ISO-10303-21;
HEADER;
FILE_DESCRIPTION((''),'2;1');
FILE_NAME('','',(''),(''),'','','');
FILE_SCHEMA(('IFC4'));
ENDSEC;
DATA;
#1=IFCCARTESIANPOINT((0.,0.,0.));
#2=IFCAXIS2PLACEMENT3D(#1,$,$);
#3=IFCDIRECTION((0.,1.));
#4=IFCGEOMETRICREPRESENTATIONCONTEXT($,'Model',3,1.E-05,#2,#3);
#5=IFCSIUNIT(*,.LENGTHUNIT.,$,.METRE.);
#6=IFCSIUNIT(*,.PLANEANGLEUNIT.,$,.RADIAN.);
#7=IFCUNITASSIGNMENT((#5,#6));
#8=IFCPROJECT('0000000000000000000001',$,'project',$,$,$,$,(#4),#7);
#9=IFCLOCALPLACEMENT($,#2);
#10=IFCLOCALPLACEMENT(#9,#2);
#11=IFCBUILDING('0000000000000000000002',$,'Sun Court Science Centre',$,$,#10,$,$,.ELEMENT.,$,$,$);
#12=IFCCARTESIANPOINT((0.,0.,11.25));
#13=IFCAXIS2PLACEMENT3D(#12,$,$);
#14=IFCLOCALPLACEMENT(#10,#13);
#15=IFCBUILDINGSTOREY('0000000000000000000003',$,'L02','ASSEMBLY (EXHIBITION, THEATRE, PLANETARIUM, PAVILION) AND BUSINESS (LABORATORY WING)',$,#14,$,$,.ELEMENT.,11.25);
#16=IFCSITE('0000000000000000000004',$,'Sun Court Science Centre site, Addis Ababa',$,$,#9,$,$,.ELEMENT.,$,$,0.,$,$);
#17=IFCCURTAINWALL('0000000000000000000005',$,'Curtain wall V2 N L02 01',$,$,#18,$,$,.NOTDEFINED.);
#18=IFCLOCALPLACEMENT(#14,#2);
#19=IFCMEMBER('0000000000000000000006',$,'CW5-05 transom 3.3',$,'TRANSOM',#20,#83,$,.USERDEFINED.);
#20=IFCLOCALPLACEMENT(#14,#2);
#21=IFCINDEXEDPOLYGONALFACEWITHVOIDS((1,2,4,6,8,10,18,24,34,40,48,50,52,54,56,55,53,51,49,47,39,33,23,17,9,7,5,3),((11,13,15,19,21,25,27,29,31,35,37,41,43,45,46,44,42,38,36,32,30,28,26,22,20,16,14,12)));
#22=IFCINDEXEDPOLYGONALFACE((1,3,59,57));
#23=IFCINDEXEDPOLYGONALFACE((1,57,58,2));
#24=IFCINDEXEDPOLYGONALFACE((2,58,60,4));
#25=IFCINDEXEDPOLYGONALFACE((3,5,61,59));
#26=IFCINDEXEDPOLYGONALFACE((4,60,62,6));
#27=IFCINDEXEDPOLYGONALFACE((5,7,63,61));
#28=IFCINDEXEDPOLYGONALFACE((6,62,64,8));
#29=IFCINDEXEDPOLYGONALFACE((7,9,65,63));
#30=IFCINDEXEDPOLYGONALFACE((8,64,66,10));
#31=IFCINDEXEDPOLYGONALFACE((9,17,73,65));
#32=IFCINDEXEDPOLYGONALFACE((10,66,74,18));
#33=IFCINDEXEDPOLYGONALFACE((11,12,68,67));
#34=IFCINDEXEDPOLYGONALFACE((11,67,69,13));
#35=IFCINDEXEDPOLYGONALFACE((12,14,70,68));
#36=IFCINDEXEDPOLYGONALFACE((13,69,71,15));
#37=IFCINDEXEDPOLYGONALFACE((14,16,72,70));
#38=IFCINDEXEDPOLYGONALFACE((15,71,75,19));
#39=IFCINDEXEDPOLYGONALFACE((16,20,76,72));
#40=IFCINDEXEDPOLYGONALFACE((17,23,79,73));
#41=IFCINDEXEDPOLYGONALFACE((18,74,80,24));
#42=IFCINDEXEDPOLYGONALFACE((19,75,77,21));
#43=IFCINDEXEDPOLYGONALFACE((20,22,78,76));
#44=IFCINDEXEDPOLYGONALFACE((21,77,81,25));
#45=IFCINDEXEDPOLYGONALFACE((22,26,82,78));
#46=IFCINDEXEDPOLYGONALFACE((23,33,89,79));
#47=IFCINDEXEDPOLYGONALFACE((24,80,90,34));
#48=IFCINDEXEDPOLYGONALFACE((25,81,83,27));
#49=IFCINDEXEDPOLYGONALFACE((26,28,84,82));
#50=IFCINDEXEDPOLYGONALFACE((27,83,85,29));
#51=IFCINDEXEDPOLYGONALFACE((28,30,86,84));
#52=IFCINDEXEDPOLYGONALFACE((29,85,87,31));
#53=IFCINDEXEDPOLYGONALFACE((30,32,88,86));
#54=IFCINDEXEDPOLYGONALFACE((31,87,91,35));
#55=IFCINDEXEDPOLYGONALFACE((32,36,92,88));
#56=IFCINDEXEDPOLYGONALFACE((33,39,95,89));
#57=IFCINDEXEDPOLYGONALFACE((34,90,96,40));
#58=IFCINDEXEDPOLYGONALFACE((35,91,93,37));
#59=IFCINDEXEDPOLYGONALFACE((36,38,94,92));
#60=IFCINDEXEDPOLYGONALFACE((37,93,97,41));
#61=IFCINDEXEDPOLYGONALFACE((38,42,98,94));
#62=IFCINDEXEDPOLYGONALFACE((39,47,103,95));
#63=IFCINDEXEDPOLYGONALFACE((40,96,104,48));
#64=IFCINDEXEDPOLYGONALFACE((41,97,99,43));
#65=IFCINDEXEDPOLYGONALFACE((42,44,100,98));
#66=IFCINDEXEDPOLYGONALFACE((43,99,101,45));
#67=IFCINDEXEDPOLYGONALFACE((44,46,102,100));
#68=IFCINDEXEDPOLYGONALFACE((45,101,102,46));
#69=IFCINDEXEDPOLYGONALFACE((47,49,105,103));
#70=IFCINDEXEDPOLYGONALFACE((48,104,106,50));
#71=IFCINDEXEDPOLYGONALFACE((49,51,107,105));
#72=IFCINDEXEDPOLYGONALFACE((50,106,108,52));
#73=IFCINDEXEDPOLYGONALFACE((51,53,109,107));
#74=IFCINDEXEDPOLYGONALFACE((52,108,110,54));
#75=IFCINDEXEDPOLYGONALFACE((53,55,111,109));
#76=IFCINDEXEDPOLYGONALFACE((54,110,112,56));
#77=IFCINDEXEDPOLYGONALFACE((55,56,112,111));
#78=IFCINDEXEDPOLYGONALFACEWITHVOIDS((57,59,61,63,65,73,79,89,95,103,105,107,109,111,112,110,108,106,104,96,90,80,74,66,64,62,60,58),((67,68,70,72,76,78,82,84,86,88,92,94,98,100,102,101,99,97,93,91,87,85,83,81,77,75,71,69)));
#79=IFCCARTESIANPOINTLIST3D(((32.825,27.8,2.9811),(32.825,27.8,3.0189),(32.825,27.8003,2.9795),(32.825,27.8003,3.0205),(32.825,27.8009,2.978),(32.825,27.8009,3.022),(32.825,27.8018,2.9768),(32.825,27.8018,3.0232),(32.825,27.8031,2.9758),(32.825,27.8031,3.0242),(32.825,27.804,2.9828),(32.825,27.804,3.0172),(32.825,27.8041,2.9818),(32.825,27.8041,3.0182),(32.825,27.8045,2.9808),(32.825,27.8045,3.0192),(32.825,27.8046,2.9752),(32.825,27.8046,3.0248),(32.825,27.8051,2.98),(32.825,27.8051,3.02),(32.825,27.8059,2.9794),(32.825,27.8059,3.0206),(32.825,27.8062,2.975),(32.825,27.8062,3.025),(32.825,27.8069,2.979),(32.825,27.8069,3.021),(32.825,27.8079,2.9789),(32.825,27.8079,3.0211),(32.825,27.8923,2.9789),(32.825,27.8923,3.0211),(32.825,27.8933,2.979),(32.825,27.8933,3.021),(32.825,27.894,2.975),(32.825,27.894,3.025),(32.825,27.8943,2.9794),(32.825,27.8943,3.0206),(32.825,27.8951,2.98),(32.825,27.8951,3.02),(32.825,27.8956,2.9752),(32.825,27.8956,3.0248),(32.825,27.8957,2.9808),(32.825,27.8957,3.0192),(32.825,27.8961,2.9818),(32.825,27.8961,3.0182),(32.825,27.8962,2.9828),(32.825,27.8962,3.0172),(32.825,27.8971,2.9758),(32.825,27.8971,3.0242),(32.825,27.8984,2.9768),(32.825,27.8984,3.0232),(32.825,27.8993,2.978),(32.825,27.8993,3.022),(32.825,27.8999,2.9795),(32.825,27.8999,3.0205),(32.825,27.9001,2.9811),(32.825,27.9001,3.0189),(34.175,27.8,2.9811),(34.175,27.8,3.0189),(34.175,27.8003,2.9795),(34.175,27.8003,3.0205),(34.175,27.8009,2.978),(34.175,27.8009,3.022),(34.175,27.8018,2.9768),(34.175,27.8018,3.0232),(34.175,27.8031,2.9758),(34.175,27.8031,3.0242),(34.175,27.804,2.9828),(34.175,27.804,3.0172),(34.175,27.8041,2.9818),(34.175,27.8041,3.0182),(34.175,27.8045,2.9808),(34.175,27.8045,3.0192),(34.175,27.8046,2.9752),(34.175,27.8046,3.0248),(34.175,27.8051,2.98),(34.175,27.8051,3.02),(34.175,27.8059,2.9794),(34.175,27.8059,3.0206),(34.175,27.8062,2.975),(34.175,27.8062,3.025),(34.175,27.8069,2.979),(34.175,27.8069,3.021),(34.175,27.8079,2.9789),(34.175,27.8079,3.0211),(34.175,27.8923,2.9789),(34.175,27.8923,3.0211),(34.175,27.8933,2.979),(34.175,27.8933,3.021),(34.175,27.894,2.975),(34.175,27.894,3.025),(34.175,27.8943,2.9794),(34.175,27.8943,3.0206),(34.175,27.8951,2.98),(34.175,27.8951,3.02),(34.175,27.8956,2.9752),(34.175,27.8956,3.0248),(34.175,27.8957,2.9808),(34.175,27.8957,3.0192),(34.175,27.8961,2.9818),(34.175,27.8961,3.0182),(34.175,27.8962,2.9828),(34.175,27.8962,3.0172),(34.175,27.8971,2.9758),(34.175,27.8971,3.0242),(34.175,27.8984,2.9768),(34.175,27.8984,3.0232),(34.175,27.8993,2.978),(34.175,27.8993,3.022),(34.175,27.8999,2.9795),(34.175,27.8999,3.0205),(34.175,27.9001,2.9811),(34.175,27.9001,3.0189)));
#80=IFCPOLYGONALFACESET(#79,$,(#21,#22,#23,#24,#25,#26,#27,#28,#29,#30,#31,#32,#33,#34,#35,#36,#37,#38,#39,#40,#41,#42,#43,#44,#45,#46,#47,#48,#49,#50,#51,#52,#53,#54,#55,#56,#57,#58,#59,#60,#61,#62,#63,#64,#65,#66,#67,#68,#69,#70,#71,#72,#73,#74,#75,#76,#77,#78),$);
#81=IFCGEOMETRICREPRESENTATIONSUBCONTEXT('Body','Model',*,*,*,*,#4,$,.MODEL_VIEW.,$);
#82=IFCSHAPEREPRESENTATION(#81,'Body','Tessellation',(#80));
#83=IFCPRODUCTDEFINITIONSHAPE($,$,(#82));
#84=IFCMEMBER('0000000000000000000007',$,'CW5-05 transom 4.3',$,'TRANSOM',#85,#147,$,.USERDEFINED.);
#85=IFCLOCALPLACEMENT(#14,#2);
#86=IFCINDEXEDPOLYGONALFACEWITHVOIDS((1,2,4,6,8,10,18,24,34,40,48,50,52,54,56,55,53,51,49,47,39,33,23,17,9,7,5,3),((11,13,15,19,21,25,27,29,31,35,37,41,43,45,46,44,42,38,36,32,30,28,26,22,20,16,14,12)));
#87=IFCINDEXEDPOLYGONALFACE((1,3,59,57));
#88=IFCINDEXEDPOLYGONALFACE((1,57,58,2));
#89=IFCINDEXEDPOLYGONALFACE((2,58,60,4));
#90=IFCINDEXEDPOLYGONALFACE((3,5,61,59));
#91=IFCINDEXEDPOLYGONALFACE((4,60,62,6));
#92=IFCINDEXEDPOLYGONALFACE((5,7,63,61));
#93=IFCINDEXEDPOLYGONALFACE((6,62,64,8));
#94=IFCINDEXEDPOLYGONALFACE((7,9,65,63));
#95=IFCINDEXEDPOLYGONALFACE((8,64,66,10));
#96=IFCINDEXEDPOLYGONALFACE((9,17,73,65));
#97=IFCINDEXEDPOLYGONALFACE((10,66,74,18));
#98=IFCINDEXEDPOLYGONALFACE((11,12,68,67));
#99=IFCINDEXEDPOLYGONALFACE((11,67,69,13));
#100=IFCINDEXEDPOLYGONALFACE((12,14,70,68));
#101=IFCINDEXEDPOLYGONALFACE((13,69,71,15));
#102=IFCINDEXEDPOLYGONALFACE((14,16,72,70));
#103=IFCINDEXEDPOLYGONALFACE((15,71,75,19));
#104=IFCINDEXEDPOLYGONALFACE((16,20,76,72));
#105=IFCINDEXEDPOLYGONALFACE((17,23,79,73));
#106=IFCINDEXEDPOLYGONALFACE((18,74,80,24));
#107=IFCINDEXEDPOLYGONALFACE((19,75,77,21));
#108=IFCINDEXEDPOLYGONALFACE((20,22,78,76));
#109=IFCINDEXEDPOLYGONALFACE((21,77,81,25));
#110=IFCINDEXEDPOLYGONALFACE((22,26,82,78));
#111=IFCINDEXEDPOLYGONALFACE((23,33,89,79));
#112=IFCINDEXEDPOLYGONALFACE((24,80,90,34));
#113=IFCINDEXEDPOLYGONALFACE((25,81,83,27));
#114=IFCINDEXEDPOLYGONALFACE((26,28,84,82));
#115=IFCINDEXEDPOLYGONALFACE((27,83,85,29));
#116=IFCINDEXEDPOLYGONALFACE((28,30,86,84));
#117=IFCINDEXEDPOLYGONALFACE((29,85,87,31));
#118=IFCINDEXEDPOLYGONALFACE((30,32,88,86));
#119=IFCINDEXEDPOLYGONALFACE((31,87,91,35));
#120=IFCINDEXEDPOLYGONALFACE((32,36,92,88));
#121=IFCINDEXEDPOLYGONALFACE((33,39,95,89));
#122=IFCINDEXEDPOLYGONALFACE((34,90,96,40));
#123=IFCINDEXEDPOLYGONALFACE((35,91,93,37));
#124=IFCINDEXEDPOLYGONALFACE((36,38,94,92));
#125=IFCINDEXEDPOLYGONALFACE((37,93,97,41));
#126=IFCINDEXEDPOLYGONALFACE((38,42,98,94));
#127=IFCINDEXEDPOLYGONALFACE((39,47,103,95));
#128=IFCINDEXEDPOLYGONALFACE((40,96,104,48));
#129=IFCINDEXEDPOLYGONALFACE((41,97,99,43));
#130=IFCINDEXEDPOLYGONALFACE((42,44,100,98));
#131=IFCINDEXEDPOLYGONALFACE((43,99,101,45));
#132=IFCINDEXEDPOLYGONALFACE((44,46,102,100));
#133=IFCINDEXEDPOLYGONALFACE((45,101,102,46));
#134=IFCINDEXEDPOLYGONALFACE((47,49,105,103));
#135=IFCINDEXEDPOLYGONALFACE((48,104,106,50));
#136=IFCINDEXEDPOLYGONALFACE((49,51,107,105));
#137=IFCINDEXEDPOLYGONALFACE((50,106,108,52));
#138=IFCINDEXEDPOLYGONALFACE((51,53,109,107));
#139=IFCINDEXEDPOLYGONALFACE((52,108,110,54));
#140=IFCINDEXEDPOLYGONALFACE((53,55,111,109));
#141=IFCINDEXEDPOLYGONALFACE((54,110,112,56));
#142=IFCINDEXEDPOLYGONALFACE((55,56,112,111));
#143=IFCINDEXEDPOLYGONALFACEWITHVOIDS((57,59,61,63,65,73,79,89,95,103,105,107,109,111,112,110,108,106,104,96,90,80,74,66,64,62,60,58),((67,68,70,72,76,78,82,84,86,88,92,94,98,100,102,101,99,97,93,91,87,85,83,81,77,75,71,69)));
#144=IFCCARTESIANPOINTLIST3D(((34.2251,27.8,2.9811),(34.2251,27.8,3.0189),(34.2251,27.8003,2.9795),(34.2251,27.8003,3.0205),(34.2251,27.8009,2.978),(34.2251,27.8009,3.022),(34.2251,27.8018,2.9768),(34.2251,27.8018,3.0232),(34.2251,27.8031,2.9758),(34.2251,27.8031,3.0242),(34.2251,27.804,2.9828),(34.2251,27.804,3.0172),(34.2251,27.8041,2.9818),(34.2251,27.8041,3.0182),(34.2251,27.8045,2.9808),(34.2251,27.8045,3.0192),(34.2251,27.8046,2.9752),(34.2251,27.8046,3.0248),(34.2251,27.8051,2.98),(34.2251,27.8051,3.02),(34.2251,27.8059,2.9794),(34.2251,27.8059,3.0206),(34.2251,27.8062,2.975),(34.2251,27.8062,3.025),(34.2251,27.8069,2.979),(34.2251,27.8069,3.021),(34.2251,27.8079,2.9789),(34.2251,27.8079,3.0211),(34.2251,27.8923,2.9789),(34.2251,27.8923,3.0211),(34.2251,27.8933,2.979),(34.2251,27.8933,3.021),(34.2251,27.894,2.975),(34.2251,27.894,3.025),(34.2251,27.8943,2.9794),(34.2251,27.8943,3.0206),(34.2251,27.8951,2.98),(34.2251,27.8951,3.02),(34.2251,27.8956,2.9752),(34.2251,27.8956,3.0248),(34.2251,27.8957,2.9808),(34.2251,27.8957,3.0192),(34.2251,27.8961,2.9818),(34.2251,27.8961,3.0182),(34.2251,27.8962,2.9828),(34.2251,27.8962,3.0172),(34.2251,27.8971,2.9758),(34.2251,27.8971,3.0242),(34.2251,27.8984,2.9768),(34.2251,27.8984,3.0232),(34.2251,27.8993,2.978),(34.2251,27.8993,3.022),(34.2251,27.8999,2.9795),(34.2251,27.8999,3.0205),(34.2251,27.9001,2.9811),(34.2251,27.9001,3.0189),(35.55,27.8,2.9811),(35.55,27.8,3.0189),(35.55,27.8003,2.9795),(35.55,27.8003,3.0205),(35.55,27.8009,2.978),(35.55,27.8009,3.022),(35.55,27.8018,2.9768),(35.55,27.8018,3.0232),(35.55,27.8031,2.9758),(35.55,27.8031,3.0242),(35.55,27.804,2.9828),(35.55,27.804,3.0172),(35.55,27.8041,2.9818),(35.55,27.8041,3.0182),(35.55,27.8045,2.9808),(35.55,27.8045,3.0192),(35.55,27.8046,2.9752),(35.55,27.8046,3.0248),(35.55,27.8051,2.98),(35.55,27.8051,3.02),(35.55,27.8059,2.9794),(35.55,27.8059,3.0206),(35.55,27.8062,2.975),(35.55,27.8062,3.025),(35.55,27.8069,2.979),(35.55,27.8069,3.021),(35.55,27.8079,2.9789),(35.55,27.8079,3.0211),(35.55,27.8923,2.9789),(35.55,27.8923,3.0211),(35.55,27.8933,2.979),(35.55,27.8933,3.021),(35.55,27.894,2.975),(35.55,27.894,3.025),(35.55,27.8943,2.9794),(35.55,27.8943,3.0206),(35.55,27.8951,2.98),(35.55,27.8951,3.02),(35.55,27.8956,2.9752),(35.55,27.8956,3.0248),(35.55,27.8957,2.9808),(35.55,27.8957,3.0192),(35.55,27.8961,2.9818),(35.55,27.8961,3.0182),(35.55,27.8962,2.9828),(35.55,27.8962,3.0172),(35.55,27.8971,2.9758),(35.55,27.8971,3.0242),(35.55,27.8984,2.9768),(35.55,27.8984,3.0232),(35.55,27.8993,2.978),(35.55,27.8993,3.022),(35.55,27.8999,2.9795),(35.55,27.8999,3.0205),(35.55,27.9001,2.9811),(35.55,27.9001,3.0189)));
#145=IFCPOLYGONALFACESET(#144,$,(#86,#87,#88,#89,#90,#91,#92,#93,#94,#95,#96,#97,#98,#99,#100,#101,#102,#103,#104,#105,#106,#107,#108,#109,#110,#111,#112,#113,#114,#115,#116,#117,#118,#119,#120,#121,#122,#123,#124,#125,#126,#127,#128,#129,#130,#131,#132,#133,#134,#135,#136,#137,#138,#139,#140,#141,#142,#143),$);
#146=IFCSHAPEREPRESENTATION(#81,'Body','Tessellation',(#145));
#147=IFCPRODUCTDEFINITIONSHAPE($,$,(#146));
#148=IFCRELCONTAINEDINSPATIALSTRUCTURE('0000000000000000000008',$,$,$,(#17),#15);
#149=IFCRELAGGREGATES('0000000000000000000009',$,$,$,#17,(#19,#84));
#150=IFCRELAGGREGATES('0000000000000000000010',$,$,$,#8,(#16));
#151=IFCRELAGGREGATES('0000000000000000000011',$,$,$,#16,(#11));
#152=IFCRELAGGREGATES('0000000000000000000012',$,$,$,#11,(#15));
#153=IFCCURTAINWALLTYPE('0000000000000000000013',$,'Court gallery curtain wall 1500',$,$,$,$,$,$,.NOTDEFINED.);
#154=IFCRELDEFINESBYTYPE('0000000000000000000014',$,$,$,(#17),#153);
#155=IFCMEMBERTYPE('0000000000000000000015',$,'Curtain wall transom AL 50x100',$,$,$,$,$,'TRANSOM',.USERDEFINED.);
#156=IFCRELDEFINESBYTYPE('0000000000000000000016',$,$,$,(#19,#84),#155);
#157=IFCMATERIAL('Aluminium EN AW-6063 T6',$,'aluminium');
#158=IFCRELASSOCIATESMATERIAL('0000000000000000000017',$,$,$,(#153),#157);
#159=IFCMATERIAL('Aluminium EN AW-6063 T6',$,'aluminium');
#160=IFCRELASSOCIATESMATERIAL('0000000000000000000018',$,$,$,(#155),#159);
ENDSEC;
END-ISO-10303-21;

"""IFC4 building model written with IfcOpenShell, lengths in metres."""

from ifc_helpers import new_model, si_unit, direction, frame, origin, origin_2d, place, context, subcontext, project, spatial, hollow_rectangle, extrude, material, material_profile, profile_set, type_object, element, aggregate, save


model = new_model("IFC4")

# Units and contexts
model_context = context("Model", 3, precision=1e-05, world=origin(), true_north=direction((0.0, 1.0)))
body_context = subcontext(model_context, "Body", "Model", "MODEL_VIEW")
ifc_project = project(units=[si_unit("LENGTHUNIT", "METRE"), si_unit("PLANEANGLEUNIT", "RADIAN")], contexts=[model_context])

# Site, building, storey
site_placement = place(None, origin())
site = spatial("IfcSite", under=ifc_project, at=site_placement, Name="Sun Court Science Centre site, Addis Ababa", CompositionType="ELEMENT", RefElevation=0.0)
building_placement = place(site_placement, origin())
building = spatial("IfcBuilding", under=site, at=building_placement, Name="Sun Court Science Centre", CompositionType="ELEMENT")
storey_placement = place(building_placement, frame((0.0, 0.0, 11.25)))
storey = spatial("IfcBuildingStorey", under=building, at=storey_placement, Name="L02", Description="ASSEMBLY (EXHIBITION, THEATRE, PLANETARIUM, PAVILION) AND BUSINESS (LABORATORY WING)", CompositionType="ELEMENT", Elevation=11.25)

# Curtain wall
ifc_material_1 = material(Name="Aluminium EN AW-6063 T6", Category="aluminium")
curtain_wall_type_1 = type_object("IfcCurtainWallType", Name="Court gallery curtain wall 1500", PredefinedType="NOTDEFINED", material=ifc_material_1)
curtain_wall_1_placement = place(storey_placement, origin())
curtain_wall_1 = element("IfcCurtainWall", 1, at=curtain_wall_1_placement, inside=storey, type_object=curtain_wall_type_1, Name="Curtain wall V2 N L02 01", PredefinedType="NOTDEFINED")

# Members
ifc_material_2 = material(Name="Aluminium EN AW-6063 T6", Category="aluminium")
ifc_material_profile_1 = material_profile(ifc_material_2, hollow_rectangle(XDim=0.05, YDim=0.1001, WallThickness=0.0039, InnerFilletRadius=0.0039, OuterFilletRadius=0.0061, at=origin_2d()), Name="AL 50x100x4")
ifc_profile_set_1 = profile_set([ifc_material_profile_1], Name="Aluminium EN AW-6063 T6")
member_type_1 = type_object("IfcMemberType", Name="Curtain wall transom AL 50x100", ElementType="TRANSOM", PredefinedType="USERDEFINED", material=ifc_profile_set_1)
member_1_placement = place(storey_placement, frame((32.825, 27.8501, 3.0), z_axis=(1.0, 0.0, 0.0), x_axis=(0.0, 0.0, 1.0)))
member_1 = element("IfcMember", 2, at=member_1_placement, type_object=member_type_1, Name="CW5-05 transom 3.3", ObjectType="TRANSOM", PredefinedType="USERDEFINED", context=body_context, shape_type="SweptSolid", body=[
    extrude(hollow_rectangle(XDim=0.05, YDim=0.1001, WallThickness=0.0039, InnerFilletRadius=0.0039, OuterFilletRadius=0.0061, at=origin_2d()), origin(), (0.0, 0.0, 1.0), 1.3501),
])
member_2_placement = place(storey_placement, frame((34.2251, 27.8501, 3.0), z_axis=(1.0, 0.0, 0.0), x_axis=(0.0, 0.0, 1.0)))
member_2 = element("IfcMember", 3, at=member_2_placement, type_object=member_type_1, Name="CW5-05 transom 4.3", ObjectType="TRANSOM", PredefinedType="USERDEFINED", context=body_context, shape_type="SweptSolid", body=[
    extrude(hollow_rectangle(XDim=0.05, YDim=0.1001, WallThickness=0.0039, InnerFilletRadius=0.0039, OuterFilletRadius=0.0061, at=origin_2d()), origin(), (0.0, 0.0, 1.0), 1.325),
])

aggregate(curtain_wall_1, [member_1, member_2])

save(model, "model.ifc")
